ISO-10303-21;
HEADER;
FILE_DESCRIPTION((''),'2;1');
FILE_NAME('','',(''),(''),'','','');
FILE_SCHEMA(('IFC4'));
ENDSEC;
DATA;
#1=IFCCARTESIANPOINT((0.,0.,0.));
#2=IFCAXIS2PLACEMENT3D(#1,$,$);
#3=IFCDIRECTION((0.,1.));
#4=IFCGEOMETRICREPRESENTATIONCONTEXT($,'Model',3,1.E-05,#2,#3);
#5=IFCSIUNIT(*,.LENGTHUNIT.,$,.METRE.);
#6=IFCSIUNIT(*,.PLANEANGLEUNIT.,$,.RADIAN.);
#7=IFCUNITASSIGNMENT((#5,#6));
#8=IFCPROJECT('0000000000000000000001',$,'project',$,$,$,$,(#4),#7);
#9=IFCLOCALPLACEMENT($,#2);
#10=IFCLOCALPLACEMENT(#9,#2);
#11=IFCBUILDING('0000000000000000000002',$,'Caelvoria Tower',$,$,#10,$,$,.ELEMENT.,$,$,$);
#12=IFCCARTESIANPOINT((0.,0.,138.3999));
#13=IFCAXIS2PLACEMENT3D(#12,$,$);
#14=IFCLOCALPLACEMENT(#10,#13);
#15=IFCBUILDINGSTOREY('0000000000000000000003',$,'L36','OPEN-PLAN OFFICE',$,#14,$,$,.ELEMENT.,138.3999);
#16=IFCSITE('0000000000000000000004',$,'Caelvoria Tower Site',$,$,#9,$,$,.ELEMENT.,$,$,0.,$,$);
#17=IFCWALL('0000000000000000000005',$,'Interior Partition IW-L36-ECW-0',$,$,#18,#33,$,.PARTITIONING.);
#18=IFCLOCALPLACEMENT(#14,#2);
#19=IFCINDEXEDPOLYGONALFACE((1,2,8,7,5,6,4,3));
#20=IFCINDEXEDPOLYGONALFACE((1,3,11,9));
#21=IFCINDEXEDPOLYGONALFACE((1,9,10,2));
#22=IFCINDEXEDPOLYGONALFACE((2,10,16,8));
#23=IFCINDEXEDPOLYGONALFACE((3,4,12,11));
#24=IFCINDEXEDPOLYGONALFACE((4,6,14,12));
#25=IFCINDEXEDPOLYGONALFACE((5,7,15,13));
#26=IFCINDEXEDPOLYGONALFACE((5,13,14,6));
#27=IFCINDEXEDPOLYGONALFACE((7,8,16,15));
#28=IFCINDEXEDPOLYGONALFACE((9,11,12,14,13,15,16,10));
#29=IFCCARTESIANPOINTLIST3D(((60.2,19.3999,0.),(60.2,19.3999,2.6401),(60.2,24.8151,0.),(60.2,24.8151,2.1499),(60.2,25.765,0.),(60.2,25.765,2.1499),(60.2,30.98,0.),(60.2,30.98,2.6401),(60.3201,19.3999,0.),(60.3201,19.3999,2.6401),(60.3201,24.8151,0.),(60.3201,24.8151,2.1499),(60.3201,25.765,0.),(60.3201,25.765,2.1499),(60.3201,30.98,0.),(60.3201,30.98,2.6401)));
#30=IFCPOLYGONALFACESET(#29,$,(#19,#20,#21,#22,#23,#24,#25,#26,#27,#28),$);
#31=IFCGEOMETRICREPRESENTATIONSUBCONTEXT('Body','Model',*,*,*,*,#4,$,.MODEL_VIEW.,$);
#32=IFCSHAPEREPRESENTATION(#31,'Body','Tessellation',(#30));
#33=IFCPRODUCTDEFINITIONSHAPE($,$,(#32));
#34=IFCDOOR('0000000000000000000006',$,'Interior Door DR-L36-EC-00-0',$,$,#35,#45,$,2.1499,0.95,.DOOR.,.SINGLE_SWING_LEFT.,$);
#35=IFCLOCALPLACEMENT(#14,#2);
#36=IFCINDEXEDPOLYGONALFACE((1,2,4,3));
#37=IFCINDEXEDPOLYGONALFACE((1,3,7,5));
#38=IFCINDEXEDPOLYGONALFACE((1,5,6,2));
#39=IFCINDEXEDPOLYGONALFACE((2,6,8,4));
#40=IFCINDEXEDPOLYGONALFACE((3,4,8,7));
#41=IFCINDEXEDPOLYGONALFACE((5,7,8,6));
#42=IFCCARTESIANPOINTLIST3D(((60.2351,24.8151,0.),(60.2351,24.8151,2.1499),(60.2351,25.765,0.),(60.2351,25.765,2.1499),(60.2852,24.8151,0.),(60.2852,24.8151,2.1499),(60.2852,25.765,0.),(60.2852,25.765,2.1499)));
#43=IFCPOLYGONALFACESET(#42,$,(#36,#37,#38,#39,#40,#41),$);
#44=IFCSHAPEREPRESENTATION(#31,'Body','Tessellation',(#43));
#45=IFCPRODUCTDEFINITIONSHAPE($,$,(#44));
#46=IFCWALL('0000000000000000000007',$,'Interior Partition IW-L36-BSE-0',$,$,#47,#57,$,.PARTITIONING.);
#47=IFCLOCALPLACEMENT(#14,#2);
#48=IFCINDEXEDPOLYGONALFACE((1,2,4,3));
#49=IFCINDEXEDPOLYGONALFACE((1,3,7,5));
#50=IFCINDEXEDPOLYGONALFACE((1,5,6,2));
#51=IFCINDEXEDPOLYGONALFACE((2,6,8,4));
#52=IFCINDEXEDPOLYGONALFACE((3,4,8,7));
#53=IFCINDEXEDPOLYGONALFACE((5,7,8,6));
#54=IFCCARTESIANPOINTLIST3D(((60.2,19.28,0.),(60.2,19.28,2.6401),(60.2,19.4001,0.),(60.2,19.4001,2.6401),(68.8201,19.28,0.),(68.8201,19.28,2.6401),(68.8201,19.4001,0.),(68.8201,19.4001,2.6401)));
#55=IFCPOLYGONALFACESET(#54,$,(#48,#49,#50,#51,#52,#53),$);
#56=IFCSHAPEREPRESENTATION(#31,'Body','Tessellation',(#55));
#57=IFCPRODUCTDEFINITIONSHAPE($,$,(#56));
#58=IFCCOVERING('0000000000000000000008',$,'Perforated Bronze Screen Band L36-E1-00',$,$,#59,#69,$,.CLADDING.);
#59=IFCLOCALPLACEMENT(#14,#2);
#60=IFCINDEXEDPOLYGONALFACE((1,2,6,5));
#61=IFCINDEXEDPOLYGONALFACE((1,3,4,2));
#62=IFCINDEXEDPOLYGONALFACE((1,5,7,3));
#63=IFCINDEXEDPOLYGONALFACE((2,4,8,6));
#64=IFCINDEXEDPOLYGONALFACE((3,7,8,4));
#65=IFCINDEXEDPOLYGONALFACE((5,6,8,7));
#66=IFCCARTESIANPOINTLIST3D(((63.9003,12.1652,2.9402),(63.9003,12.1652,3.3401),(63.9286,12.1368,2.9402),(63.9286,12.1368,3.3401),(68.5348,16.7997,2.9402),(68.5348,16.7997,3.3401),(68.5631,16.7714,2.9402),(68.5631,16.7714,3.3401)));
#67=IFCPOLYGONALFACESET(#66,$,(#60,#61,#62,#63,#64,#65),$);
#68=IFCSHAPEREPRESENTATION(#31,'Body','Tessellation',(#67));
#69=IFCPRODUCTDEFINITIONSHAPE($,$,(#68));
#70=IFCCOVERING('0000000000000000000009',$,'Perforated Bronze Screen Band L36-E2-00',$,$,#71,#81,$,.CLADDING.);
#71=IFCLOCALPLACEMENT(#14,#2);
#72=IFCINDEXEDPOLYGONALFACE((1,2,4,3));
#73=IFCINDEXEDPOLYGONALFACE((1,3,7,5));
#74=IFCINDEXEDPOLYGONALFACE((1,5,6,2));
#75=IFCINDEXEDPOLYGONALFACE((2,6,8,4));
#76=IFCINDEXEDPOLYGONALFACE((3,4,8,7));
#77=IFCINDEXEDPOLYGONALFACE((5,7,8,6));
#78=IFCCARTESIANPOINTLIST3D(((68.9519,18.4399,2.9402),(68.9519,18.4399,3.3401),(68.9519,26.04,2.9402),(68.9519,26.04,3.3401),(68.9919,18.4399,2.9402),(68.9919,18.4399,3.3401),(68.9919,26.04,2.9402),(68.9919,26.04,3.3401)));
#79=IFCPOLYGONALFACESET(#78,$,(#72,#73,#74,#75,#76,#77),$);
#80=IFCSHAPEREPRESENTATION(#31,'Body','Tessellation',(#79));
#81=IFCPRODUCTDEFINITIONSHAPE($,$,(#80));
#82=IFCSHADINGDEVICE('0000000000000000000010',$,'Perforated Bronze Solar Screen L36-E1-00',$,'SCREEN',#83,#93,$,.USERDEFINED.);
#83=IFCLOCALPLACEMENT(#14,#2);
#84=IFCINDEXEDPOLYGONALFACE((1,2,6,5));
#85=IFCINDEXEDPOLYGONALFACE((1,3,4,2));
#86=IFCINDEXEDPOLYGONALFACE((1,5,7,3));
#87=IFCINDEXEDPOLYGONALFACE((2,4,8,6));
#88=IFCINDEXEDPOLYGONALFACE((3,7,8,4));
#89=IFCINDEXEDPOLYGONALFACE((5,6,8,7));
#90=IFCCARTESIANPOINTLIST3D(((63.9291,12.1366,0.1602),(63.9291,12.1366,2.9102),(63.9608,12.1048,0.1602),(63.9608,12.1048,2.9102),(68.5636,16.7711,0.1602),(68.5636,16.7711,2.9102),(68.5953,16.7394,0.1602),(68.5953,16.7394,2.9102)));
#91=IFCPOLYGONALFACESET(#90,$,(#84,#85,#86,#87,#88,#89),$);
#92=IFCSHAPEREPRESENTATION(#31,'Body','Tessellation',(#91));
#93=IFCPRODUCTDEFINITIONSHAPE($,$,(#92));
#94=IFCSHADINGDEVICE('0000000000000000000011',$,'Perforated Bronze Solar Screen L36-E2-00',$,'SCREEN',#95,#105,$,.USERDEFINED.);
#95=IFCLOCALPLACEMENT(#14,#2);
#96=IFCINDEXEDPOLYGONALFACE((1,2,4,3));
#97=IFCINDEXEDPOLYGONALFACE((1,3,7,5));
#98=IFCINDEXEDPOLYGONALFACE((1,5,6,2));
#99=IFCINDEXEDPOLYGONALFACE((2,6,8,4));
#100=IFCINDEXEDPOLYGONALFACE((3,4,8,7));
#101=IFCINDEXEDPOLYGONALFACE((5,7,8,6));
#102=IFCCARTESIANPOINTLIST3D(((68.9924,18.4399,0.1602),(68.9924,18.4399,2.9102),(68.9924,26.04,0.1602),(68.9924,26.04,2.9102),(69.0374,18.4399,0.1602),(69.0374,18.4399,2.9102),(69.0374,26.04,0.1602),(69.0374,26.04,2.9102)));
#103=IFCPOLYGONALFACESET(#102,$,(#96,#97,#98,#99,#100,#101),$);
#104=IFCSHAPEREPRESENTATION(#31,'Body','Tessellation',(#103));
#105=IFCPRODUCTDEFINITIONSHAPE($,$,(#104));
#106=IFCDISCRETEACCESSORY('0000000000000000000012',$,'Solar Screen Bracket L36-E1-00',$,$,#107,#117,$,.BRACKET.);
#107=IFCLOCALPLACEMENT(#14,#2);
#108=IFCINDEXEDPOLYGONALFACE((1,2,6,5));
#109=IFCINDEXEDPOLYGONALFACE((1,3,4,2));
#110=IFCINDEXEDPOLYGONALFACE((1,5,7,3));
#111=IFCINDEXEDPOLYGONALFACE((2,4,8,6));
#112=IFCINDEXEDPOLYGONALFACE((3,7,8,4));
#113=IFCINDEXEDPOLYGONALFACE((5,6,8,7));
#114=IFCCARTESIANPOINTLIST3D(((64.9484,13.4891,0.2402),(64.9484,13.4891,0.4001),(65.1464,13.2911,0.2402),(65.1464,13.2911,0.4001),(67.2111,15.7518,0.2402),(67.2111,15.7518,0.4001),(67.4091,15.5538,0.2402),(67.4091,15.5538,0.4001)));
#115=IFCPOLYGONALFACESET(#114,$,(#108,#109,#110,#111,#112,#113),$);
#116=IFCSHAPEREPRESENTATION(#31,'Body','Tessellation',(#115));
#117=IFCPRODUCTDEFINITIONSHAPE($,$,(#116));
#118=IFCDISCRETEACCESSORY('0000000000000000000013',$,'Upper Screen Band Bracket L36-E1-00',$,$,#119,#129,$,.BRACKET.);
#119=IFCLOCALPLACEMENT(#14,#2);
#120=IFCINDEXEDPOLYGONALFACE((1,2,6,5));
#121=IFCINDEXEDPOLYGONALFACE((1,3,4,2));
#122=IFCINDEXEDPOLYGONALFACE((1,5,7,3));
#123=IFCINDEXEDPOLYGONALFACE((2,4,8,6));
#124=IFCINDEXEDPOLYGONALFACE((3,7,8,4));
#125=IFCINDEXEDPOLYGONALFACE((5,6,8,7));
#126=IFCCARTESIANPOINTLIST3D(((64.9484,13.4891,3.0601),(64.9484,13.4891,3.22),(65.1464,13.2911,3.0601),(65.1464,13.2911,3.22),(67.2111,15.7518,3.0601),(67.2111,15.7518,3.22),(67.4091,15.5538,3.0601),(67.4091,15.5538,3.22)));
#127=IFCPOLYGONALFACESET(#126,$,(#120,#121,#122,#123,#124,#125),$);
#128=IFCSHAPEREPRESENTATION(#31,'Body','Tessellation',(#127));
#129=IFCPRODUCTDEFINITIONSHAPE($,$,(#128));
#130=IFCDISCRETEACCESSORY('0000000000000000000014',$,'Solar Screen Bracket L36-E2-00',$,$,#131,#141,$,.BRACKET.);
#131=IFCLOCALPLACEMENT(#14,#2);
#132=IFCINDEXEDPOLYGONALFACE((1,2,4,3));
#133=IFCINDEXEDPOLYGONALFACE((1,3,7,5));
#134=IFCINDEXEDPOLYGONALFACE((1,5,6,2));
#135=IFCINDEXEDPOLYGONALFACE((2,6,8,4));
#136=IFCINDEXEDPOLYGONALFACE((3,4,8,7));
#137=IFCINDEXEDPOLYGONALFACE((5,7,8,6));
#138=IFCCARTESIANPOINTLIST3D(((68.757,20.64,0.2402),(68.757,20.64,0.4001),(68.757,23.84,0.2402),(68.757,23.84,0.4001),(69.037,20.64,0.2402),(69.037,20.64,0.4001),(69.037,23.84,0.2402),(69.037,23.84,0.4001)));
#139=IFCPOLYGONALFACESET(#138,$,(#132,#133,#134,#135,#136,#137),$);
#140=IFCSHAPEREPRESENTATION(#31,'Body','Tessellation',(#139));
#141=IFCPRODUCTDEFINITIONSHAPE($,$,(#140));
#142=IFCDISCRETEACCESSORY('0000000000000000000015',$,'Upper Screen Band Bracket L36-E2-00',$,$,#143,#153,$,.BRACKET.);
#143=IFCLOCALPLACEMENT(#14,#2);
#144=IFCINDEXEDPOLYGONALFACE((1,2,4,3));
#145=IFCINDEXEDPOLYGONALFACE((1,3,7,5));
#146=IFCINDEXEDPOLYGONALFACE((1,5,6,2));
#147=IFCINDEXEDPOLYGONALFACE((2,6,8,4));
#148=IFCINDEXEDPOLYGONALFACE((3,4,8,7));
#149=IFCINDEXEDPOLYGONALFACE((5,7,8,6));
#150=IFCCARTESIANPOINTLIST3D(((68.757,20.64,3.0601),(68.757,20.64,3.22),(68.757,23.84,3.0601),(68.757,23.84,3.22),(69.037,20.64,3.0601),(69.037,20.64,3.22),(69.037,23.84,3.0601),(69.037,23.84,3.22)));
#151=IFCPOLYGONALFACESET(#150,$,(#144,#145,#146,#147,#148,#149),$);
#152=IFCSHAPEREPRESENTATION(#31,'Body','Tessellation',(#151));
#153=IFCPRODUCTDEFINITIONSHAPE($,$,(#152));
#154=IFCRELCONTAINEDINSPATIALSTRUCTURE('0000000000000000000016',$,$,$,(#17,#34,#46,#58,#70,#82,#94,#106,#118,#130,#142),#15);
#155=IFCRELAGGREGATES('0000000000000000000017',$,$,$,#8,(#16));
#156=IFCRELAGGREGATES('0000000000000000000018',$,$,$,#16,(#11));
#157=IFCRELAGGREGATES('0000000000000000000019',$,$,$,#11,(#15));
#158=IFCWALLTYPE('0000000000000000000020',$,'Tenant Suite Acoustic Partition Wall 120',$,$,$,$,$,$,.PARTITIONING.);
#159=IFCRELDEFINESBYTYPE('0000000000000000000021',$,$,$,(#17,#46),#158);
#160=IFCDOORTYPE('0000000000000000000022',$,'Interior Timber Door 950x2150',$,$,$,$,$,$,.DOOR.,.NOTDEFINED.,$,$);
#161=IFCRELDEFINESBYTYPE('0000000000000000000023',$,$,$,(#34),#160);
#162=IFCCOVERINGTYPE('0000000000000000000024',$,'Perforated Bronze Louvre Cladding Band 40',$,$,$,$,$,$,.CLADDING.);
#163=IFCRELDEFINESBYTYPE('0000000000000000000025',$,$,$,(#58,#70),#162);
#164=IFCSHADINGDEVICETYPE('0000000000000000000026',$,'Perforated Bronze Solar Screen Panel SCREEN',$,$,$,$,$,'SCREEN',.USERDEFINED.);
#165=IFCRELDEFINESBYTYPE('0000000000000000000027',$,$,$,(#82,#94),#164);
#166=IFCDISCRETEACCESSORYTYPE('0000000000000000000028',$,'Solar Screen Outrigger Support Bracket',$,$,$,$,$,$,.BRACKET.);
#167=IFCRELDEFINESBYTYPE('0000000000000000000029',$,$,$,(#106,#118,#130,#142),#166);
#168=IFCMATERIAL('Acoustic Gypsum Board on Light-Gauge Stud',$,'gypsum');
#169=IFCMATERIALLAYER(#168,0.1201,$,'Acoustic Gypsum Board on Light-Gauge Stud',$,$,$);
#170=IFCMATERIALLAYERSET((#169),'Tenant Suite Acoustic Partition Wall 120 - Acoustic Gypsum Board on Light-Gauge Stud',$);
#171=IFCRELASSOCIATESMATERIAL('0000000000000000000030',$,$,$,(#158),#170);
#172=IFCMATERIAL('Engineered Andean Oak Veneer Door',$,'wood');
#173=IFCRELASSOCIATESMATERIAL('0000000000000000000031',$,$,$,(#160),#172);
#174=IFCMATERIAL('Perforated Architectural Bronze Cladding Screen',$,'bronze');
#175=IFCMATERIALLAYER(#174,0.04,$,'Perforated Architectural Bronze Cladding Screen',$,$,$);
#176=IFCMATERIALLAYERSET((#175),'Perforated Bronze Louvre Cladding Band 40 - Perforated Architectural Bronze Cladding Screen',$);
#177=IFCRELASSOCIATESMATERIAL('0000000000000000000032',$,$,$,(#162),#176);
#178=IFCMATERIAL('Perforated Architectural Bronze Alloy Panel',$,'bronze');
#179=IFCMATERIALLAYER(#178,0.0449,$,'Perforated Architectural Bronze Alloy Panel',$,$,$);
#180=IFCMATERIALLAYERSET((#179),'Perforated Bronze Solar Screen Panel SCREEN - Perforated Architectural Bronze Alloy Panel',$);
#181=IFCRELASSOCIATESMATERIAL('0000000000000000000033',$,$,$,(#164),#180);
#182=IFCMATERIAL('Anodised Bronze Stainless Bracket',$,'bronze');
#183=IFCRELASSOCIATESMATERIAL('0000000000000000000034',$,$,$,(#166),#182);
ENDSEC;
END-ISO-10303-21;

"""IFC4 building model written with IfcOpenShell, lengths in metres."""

from ifc_helpers import new_model, si_unit, direction, frame, frame_2d, origin, origin_2d, place, context, subcontext, project, spatial, rectangle, extrude, material, layer, layer_set, type_object, element, fill, save


model = new_model("IFC4")

# Units and contexts
model_context = context("Model", 3, precision=1e-05, world=origin(), true_north=direction((0.0, 1.0)))
body_context = subcontext(model_context, "Body", "Model", "MODEL_VIEW")
ifc_project = project(units=[si_unit("LENGTHUNIT", "METRE"), si_unit("PLANEANGLEUNIT", "RADIAN")], contexts=[model_context])

# Site, building, storey
site_placement = place(None, origin())
site = spatial("IfcSite", under=ifc_project, at=site_placement, Name="Caelvoria Tower Site", CompositionType="ELEMENT", RefElevation=0.0)
building_placement = place(site_placement, origin())
building = spatial("IfcBuilding", under=site, at=building_placement, Name="Caelvoria Tower", CompositionType="ELEMENT")
storey_placement = place(building_placement, frame((0.0, 0.0, 138.3999)))
storey = spatial("IfcBuildingStorey", under=building, at=storey_placement, Name="L36", Description="OPEN-PLAN OFFICE", CompositionType="ELEMENT", Elevation=138.3999)

# Wall, opening, door
ifc_material_1 = material(Name="Acoustic Gypsum Board on Light-Gauge Stud", Category="gypsum")
ifc_layer_1 = layer(ifc_material_1, 0.1201, Name="Acoustic Gypsum Board on Light-Gauge Stud")
ifc_layer_set_1 = layer_set([ifc_layer_1], Name="Tenant Suite Acoustic Partition Wall 120 - Acoustic Gypsum Board on Light-Gauge Stud")
wall_type_1 = type_object("IfcWallType", Name="Tenant Suite Acoustic Partition Wall 120", PredefinedType="PARTITIONING", material=ifc_layer_set_1)
wall_1_placement = place(storey_placement, frame((60.26, 19.3999, 0.0), z_axis=(0.0, 0.0, 1.0), x_axis=(0.0, 1.0, 0.0)))
wall_1 = element("IfcWall", 1, at=wall_1_placement, inside=storey, type_object=wall_type_1, Name="Interior Partition IW-L36-ECW-0", PredefinedType="PARTITIONING", context=body_context, shape_type="SweptSolid", body=[
    extrude(rectangle(XDim=11.5801, YDim=0.1201, at=frame_2d((5.79, 0.0))), origin(), (0.0, 0.0, 1.0), 2.6401),
])
opening_1_placement = place(wall_1_placement, frame((5.415, 0.0, 0.0)))
opening_1 = element("IfcOpeningElement", 2, at=opening_1_placement, cuts=wall_1, PredefinedType="OPENING", context=body_context, shape_type="SweptSolid", body=[
    extrude(rectangle(XDim=0.95, YDim=2.1499, at=frame_2d((0.4751, 1.075))), frame((0.0, 0.0701, 0.0), z_axis=(0.0, -1.0, 0.0), x_axis=(1.0, 0.0, 0.0)), (0.0, 0.0, 1.0), 0.1401),
])
ifc_material_2 = material(Name="Engineered Andean Oak Veneer Door", Category="wood")
door_type_1 = type_object("IfcDoorType", Name="Interior Timber Door 950x2150", OperationType="NOTDEFINED", PredefinedType="DOOR", material=ifc_material_2)
door_1_placement = place(opening_1_placement, origin())
door_1 = element("IfcDoor", 3, at=door_1_placement, inside=storey, type_object=door_type_1, Name="Interior Door DR-L36-EC-00-0", OperationType="SINGLE_SWING_LEFT", OverallHeight=2.1499, OverallWidth=0.95, PredefinedType="DOOR", context=body_context, shape_type="SweptSolid", body=[
    extrude(rectangle(XDim=0.95, YDim=2.1499, at=frame_2d((0.4751, 1.075))), frame((0.0, 0.0249, 0.0), z_axis=(0.0, -1.0, 0.0), x_axis=(1.0, 0.0, 0.0)), (0.0, 0.0, 1.0), 0.05),
])
fill(opening_1, door_1)

# Wall
wall_2_placement = place(storey_placement, frame((60.2, 19.3401, 0.0), z_axis=(0.0, 0.0, 1.0), x_axis=(1.0, 0.0, 0.0)))
element("IfcWall", 4, at=wall_2_placement, inside=storey, type_object=wall_type_1, Name="Interior Partition IW-L36-BSE-0", PredefinedType="PARTITIONING", context=body_context, shape_type="SweptSolid", body=[
    extrude(rectangle(XDim=8.6201, YDim=0.1201, at=frame_2d((4.3101, 0.0))), origin(), (0.0, 0.0, 1.0), 2.6401),
])

# Coverings
ifc_material_3 = material(Name="Perforated Architectural Bronze Cladding Screen", Category="bronze")
ifc_layer_2 = layer(ifc_material_3, 0.04, Name="Perforated Architectural Bronze Cladding Screen")
ifc_layer_set_2 = layer_set([ifc_layer_2], Name="Perforated Bronze Louvre Cladding Band 40 - Perforated Architectural Bronze Cladding Screen")
covering_type = type_object("IfcCoveringType", Name="Perforated Bronze Louvre Cladding Band 40", PredefinedType="CLADDING", material=ifc_layer_set_2)
covering_1_placement = place(storey_placement, frame((66.2317, 14.4683, 2.9402), z_axis=(0.0, 0.0, 1.0), x_axis=(0.707107, 0.707107, 0.0)))
element("IfcCovering", 5, at=covering_1_placement, inside=storey, type_object=covering_type, Name="Perforated Bronze Screen Band L36-E1-00", PredefinedType="CLADDING", context=body_context, shape_type="SweptSolid", body=[
    extrude(rectangle(XDim=6.5542, YDim=0.04, at=origin_2d()), origin(), (0.0, 0.0, 1.0), 0.3999),
])
covering_2_placement = place(storey_placement, frame((68.9719, 22.24, 2.9402), z_axis=(0.0, 0.0, 1.0), x_axis=(0.0, 1.0, 0.0)))
element("IfcCovering", 6, at=covering_2_placement, inside=storey, type_object=covering_type, Name="Perforated Bronze Screen Band L36-E2-00", PredefinedType="CLADDING", context=body_context, shape_type="SweptSolid", body=[
    extrude(rectangle(XDim=7.6001, YDim=0.04, at=origin_2d()), origin(), (0.0, 0.0, 1.0), 0.3999),
])

# Shading devices
ifc_material_4 = material(Name="Perforated Architectural Bronze Alloy Panel", Category="bronze")
ifc_layer_3 = layer(ifc_material_4, 0.0449, Name="Perforated Architectural Bronze Alloy Panel")
ifc_layer_set_3 = layer_set([ifc_layer_3], Name="Perforated Bronze Solar Screen Panel SCREEN - Perforated Architectural Bronze Alloy Panel")
shading_device_type = type_object("IfcShadingDeviceType", Name="Perforated Bronze Solar Screen Panel SCREEN", ElementType="SCREEN", PredefinedType="USERDEFINED", material=ifc_layer_set_3)
shading_device_1_placement = place(storey_placement, frame((66.2622, 14.438, 0.1602), z_axis=(0.0, 0.0, 1.0), x_axis=(0.707107, 0.707107, 0.0)))
element("IfcShadingDevice", 7, at=shading_device_1_placement, inside=storey, type_object=shading_device_type, Name="Perforated Bronze Solar Screen L36-E1-00", ObjectType="SCREEN", PredefinedType="USERDEFINED", context=body_context, shape_type="SweptSolid", body=[
    extrude(rectangle(XDim=6.5542, YDim=0.0449, at=origin_2d()), origin(), (0.0, 0.0, 1.0), 2.75),
])
shading_device_2_placement = place(storey_placement, frame((69.0149, 22.24, 0.1602), z_axis=(0.0, 0.0, 1.0), x_axis=(0.0, 1.0, 0.0)))
element("IfcShadingDevice", 8, at=shading_device_2_placement, inside=storey, type_object=shading_device_type, Name="Perforated Bronze Solar Screen L36-E2-00", ObjectType="SCREEN", PredefinedType="USERDEFINED", context=body_context, shape_type="SweptSolid", body=[
    extrude(rectangle(XDim=7.6001, YDim=0.0449, at=origin_2d()), origin(), (0.0, 0.0, 1.0), 2.75),
])

# Discrete accessories
ifc_material_5 = material(Name="Anodised Bronze Stainless Bracket", Category="bronze")
discrete_accessory_type = type_object("IfcDiscreteAccessoryType", Name="Solar Screen Outrigger Support Bracket", PredefinedType="BRACKET", material=ifc_material_5)
for number, where, z_axis, x_axis, name in (
    (9, (66.1787, 14.5215, 0.2402), (0.0, 0.0, 1.0), (0.707107, 0.707107, 0.0), "Solar Screen Bracket L36-E1-00"),
    (10, (66.1787, 14.5215, 3.0601), (0.0, 0.0, 1.0), (0.707107, 0.707107, 0.0), "Upper Screen Band Bracket L36-E1-00"),
    (11, (68.897, 22.24, 0.2402), (0.0, 0.0, 1.0), (0.0, 1.0, 0.0), "Solar Screen Bracket L36-E2-00"),
    (12, (68.897, 22.24, 3.0601), (0.0, 0.0, 1.0), (0.0, 1.0, 0.0), "Upper Screen Band Bracket L36-E2-00"),
):
    element("IfcDiscreteAccessory", number, at=place(storey_placement, frame(where, z_axis=z_axis, x_axis=x_axis)), inside=storey, type_object=discrete_accessory_type, Name=name, PredefinedType="BRACKET", context=body_context, shape_type="SweptSolid", body=[
        extrude(rectangle(XDim=3.2, YDim=0.28, at=origin_2d()), origin(), (0.0, 0.0, 1.0), 0.1599),
    ])

save(model, "model.ifc")
